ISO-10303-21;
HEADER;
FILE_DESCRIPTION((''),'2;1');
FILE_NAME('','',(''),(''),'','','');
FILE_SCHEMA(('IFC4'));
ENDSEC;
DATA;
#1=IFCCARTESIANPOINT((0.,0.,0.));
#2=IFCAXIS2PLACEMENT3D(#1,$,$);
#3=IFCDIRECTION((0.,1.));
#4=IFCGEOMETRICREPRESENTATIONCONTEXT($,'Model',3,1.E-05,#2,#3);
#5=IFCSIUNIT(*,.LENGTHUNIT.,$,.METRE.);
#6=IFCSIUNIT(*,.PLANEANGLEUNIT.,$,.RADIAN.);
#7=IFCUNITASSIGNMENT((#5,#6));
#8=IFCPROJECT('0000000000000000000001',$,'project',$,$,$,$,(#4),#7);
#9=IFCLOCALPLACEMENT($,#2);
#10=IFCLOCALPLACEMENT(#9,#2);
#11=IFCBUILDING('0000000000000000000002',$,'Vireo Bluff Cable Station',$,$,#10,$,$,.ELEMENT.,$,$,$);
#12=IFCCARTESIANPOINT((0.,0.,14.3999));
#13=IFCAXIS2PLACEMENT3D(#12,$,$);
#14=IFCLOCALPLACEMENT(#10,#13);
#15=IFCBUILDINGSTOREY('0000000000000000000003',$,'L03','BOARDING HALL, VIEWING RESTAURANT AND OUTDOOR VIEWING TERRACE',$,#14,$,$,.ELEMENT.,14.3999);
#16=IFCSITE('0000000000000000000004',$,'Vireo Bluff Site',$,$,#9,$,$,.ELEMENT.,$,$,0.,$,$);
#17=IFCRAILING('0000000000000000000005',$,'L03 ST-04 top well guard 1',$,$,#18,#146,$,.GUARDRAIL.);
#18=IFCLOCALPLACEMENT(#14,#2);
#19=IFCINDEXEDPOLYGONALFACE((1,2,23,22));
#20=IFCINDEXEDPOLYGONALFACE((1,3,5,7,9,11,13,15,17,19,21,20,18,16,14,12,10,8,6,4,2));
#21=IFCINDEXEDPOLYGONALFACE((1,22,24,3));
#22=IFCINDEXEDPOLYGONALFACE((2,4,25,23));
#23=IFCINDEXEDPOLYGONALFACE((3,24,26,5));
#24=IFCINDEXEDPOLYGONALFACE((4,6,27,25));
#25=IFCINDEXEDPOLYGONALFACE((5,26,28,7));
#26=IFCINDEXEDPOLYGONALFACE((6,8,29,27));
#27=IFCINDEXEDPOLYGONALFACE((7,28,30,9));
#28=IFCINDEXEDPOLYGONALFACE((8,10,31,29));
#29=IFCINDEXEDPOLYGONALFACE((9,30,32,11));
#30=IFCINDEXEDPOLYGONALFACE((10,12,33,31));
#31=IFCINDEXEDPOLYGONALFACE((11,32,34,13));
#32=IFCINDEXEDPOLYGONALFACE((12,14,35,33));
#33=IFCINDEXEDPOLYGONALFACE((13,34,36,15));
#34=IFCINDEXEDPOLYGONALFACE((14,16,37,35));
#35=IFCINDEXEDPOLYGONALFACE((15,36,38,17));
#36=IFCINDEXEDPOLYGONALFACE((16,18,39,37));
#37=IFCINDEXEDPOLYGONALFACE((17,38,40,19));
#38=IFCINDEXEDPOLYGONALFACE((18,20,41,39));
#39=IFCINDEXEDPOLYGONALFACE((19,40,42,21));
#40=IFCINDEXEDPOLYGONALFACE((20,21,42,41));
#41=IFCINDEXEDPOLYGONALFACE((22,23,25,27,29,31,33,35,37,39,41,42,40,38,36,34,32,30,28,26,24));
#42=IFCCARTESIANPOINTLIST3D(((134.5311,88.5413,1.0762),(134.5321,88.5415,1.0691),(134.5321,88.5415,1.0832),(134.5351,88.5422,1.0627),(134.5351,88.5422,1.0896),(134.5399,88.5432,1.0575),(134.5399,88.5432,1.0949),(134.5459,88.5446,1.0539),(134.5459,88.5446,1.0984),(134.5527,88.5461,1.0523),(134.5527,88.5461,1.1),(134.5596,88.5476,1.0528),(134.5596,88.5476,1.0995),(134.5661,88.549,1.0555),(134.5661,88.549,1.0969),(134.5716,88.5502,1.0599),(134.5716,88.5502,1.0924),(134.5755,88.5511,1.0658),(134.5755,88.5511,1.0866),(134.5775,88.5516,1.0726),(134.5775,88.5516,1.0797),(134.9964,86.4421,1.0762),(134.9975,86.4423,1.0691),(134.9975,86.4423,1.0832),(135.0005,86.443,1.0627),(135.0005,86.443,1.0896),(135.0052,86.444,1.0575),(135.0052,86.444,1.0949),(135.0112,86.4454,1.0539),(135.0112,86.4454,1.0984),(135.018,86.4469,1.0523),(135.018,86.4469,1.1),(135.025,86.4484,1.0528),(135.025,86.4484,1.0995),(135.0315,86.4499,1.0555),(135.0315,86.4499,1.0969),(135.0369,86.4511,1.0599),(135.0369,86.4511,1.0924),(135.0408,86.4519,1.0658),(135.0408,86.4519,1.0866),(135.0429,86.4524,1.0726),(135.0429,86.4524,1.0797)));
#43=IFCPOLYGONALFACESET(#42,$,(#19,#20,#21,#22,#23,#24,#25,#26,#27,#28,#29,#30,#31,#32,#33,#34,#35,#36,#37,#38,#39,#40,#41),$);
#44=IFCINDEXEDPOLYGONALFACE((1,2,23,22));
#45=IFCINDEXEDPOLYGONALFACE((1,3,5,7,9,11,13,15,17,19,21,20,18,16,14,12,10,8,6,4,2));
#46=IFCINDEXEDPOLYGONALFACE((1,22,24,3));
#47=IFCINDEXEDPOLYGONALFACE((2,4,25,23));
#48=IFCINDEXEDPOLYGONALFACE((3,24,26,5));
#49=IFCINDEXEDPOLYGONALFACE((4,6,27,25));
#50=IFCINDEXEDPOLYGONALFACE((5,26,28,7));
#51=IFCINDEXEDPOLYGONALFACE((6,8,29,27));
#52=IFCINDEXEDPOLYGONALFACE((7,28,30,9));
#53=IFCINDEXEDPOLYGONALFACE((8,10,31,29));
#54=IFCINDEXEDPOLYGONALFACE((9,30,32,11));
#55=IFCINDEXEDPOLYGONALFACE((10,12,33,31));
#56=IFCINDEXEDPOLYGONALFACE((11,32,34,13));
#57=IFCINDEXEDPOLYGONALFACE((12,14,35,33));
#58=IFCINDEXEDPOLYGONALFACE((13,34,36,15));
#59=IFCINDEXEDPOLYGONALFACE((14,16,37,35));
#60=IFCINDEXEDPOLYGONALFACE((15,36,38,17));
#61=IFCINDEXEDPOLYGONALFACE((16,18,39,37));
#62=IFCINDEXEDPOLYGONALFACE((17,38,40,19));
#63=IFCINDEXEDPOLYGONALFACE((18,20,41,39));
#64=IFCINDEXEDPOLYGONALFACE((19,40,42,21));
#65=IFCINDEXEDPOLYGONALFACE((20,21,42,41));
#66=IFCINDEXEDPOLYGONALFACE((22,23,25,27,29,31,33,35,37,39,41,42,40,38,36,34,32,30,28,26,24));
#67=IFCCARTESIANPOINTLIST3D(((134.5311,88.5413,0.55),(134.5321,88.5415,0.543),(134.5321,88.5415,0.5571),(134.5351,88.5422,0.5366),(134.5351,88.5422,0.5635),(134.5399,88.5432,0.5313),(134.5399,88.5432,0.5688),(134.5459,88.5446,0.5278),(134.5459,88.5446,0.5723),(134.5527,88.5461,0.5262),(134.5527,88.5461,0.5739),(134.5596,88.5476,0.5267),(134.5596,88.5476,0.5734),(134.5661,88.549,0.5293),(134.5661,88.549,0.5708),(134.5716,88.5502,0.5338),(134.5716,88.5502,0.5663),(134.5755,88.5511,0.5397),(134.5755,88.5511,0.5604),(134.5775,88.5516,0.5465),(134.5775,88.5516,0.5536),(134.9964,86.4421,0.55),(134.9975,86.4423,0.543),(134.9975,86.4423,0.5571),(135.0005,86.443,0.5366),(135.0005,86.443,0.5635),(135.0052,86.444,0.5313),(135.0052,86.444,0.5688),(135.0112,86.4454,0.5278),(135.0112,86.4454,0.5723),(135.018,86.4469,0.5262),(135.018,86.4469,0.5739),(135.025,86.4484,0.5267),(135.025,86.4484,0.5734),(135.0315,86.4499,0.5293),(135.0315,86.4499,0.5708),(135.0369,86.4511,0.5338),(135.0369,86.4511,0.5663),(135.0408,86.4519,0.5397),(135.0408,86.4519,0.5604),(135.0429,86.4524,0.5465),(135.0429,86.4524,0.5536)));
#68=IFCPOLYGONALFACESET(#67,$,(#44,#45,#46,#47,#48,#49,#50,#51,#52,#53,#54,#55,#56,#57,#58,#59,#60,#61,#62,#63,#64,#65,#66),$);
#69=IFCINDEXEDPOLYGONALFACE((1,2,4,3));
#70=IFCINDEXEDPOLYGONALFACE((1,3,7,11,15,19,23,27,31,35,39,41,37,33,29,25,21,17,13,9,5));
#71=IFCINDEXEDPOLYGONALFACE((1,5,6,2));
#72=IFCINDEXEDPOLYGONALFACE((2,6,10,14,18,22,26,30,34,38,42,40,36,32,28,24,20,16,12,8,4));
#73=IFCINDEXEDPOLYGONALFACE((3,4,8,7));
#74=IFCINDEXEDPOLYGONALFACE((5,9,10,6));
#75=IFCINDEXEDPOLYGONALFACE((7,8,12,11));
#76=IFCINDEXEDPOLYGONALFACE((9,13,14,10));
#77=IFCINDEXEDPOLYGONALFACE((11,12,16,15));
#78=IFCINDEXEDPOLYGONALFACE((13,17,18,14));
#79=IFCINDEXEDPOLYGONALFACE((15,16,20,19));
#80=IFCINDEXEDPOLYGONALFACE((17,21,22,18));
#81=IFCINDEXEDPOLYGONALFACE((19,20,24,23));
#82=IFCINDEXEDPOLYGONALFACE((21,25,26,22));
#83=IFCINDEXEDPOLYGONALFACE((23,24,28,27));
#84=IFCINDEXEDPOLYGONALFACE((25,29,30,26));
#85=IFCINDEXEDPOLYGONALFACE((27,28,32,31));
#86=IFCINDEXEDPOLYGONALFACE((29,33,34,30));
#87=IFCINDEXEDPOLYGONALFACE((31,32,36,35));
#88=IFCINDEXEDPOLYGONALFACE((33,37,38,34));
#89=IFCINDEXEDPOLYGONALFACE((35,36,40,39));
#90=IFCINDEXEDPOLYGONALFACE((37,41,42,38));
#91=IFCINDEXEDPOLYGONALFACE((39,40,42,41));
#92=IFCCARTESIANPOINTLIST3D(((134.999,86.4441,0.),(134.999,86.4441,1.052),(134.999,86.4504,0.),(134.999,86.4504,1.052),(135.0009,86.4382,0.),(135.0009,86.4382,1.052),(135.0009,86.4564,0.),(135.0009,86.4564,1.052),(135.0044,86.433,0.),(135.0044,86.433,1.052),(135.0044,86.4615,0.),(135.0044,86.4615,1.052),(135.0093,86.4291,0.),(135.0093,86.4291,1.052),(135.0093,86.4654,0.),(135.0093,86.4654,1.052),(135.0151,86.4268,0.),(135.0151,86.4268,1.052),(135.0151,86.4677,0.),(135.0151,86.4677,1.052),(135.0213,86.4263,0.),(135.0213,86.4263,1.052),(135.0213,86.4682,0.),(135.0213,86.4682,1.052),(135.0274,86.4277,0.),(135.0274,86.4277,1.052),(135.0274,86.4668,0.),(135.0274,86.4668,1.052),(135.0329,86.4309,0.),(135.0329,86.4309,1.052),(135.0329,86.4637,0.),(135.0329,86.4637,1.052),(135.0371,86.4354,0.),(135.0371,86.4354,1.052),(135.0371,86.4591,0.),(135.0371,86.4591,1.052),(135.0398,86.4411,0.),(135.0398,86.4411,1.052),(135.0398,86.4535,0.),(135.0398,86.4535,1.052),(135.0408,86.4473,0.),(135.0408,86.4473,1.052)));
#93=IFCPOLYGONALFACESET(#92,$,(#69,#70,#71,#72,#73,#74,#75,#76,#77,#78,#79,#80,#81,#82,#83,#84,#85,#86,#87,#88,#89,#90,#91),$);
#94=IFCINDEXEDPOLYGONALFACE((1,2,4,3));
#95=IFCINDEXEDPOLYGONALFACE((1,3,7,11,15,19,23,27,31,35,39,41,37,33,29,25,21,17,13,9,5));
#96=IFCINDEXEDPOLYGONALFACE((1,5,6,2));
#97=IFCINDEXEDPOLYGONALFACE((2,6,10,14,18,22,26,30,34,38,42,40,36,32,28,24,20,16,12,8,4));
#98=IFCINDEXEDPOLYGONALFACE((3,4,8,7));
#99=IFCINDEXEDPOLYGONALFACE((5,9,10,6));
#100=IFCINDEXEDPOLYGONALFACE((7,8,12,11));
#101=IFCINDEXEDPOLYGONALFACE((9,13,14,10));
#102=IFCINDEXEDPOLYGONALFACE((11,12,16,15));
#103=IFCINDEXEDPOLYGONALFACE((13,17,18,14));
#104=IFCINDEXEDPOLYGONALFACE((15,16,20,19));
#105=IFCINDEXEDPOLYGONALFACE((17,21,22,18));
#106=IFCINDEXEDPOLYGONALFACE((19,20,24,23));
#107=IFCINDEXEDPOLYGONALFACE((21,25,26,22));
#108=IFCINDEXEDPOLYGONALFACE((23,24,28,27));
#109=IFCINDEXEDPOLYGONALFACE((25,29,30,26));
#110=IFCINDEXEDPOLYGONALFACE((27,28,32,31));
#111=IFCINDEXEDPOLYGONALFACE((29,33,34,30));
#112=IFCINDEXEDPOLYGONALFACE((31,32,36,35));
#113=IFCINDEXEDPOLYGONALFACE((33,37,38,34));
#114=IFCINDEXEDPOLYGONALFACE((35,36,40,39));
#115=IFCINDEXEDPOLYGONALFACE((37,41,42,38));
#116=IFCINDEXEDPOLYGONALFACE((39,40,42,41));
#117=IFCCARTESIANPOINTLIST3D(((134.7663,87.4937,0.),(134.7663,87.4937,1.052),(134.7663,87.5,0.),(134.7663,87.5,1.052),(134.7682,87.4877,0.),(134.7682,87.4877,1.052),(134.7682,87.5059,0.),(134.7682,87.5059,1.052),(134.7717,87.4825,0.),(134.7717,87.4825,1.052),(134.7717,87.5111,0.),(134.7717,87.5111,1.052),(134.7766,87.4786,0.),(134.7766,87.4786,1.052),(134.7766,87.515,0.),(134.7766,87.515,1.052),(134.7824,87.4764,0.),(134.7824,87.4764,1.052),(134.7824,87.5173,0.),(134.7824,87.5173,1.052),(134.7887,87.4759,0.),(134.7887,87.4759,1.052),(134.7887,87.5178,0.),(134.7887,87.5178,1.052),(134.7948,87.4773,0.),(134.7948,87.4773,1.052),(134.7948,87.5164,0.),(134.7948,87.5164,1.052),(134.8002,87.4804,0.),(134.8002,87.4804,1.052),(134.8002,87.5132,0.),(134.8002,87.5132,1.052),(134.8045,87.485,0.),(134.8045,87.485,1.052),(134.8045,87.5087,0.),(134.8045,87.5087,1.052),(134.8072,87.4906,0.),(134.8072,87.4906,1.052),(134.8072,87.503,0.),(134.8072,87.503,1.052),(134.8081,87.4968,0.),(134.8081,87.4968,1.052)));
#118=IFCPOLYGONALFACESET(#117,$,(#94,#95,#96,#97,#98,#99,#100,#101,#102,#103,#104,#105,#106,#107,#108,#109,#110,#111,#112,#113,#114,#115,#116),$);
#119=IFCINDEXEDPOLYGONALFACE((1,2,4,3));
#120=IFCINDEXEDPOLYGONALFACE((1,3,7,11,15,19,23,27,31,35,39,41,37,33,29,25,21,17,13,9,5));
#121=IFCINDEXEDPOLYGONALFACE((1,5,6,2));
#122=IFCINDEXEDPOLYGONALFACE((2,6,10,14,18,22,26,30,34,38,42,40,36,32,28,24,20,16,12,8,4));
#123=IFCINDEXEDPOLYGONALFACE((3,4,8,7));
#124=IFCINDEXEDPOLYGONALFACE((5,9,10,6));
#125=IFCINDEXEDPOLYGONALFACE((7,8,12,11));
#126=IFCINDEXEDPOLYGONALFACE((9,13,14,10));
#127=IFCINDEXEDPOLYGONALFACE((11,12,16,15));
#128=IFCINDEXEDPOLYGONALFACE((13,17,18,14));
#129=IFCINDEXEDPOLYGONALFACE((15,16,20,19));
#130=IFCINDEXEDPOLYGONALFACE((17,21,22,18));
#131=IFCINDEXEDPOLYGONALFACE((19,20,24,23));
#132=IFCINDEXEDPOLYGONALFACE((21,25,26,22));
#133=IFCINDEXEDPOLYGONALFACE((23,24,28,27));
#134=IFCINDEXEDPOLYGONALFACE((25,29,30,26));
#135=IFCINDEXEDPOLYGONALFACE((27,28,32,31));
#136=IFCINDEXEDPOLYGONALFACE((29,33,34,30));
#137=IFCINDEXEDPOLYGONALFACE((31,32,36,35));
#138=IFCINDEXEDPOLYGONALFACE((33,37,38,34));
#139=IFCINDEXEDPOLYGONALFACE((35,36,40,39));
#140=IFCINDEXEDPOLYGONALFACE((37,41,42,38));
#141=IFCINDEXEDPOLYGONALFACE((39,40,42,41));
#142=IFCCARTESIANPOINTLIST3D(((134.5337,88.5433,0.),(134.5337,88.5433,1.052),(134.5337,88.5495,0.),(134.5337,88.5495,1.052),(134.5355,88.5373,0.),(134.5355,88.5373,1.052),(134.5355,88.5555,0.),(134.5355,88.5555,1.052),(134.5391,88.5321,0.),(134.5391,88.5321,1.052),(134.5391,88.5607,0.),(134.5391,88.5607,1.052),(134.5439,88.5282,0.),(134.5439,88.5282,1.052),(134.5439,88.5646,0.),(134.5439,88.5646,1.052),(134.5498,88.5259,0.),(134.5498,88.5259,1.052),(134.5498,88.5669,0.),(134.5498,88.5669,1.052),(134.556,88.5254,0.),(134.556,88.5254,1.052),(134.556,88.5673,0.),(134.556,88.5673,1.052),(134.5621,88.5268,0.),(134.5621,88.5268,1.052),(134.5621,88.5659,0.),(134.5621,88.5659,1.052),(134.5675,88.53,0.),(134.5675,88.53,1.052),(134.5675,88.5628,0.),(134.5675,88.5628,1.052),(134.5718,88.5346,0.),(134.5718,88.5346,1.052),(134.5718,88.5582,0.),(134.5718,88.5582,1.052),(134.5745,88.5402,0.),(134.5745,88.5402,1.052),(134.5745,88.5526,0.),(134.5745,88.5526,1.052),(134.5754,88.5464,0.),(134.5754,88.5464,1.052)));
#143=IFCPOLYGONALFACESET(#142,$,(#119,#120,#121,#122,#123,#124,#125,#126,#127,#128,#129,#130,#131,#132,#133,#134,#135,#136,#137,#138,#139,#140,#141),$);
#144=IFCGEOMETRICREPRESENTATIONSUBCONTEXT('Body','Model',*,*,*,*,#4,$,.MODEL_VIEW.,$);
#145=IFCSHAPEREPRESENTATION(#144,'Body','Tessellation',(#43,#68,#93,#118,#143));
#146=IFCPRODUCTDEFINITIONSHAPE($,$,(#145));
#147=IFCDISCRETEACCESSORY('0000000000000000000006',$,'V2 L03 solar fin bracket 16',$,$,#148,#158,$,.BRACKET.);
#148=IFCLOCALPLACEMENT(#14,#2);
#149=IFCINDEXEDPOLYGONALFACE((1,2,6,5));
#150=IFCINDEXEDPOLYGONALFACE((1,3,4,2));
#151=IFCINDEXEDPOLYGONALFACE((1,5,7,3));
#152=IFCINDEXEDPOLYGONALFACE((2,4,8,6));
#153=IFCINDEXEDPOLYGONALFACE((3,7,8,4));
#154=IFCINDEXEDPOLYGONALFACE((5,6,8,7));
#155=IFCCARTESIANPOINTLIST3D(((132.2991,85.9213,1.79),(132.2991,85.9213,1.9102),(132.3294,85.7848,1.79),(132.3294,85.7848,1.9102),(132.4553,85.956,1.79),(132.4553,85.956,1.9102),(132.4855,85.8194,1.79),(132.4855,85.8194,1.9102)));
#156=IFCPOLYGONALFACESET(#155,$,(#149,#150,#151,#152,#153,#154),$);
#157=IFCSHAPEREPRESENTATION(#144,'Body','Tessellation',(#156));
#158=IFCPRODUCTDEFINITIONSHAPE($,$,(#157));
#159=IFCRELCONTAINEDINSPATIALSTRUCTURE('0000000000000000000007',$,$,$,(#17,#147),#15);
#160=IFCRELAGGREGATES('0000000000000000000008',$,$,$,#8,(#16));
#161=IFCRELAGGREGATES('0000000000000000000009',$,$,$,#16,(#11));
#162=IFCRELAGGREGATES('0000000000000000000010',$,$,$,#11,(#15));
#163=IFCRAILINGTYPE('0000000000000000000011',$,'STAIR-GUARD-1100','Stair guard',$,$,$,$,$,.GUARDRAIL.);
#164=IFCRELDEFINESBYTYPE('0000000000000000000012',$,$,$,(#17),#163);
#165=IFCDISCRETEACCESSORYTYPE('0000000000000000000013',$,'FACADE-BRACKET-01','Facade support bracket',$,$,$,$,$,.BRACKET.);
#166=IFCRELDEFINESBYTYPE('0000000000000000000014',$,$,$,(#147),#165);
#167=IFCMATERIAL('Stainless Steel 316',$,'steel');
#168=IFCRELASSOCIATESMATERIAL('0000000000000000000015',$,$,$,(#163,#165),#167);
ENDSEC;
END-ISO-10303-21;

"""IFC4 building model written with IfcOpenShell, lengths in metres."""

from ifc_helpers import new_model, si_unit, direction, frame, origin, origin_2d, place, context, subcontext, project, spatial, rectangle, circle, extrude, material, type_object, element, save


model = new_model("IFC4")

# Units and contexts
model_context = context("Model", 3, precision=1e-05, world=origin(), true_north=direction((0.0, 1.0)))
body_context = subcontext(model_context, "Body", "Model", "MODEL_VIEW")
ifc_project = project(units=[si_unit("LENGTHUNIT", "METRE"), si_unit("PLANEANGLEUNIT", "RADIAN")], contexts=[model_context])

# Site, building, storey
site_placement = place(None, origin())
site = spatial("IfcSite", under=ifc_project, at=site_placement, Name="Vireo Bluff Site", CompositionType="ELEMENT", RefElevation=0.0)
building_placement = place(site_placement, origin())
building = spatial("IfcBuilding", under=site, at=building_placement, Name="Vireo Bluff Cable Station", CompositionType="ELEMENT")
storey_placement = place(building_placement, frame((0.0, 0.0, 14.3999)))
storey = spatial("IfcBuildingStorey", under=building, at=storey_placement, Name="L03", Description="BOARDING HALL, VIEWING RESTAURANT AND OUTDOOR VIEWING TERRACE", CompositionType="ELEMENT", Elevation=14.3999)

# Shared definitions
ifc_material_1 = material(Name="Stainless Steel 316", Category="steel")

# Railing
railing_type = type_object("IfcRailingType", Name="STAIR-GUARD-1100", Description="Stair guard", PredefinedType="GUARDRAIL", material=ifc_material_1)
railing_placement = place(storey_placement, frame((135.0198, 86.4473, 0.0)))
element("IfcRailing", 1, at=railing_placement, inside=storey, type_object=railing_type, Name="L03 ST-04 top well guard 1", PredefinedType="GUARDRAIL", context=body_context, shape_type="SweptSolid", body=[
    extrude(circle(Radius=0.0239, at=origin_2d()), frame((0.0, 0.0, 1.0762), z_axis=(-0.216425, 0.976299, 0.0), x_axis=(-0.976299, -0.216425, 0.0)), (0.0, 0.0, 1.0), 2.1501),
    extrude(circle(Radius=0.0239, at=origin_2d()), frame((0.0, 0.0, 0.55), z_axis=(-0.216425, 0.976299, 0.0), x_axis=(-0.976299, -0.216425, 0.0)), (0.0, 0.0, 1.0), 2.1501),
    extrude(circle(Radius=0.021, at=origin_2d()), origin(), (0.0, 0.0, 1.0), 1.052),
    extrude(circle(Radius=0.021, at=origin_2d()), frame((-0.2327, 1.0496, 0.0)), (0.0, 0.0, 1.0), 1.052),
    extrude(circle(Radius=0.021, at=origin_2d()), frame((-0.4653, 2.0991, 0.0)), (0.0, 0.0, 1.0), 1.052),
])

# Discrete accessory
discrete_accessory_type = type_object("IfcDiscreteAccessoryType", Name="FACADE-BRACKET-01", Description="Facade support bracket", PredefinedType="BRACKET", material=ifc_material_1)
discrete_accessory_placement = place(storey_placement, frame((132.3923, 85.8704, 1.79), z_axis=(0.0, 0.0, 1.0), x_axis=(-0.21644, 0.976296, 0.0)))
element("IfcDiscreteAccessory", 2, at=discrete_accessory_placement, inside=storey, type_object=discrete_accessory_type, Name="V2 L03 solar fin bracket 16", PredefinedType="BRACKET", context=body_context, shape_type="SweptSolid", body=[
    extrude(rectangle(XDim=0.1399, YDim=0.1599, at=origin_2d()), origin(), (0.0, 0.0, 1.0), 0.1201),
])

save(model, "model.ifc")
